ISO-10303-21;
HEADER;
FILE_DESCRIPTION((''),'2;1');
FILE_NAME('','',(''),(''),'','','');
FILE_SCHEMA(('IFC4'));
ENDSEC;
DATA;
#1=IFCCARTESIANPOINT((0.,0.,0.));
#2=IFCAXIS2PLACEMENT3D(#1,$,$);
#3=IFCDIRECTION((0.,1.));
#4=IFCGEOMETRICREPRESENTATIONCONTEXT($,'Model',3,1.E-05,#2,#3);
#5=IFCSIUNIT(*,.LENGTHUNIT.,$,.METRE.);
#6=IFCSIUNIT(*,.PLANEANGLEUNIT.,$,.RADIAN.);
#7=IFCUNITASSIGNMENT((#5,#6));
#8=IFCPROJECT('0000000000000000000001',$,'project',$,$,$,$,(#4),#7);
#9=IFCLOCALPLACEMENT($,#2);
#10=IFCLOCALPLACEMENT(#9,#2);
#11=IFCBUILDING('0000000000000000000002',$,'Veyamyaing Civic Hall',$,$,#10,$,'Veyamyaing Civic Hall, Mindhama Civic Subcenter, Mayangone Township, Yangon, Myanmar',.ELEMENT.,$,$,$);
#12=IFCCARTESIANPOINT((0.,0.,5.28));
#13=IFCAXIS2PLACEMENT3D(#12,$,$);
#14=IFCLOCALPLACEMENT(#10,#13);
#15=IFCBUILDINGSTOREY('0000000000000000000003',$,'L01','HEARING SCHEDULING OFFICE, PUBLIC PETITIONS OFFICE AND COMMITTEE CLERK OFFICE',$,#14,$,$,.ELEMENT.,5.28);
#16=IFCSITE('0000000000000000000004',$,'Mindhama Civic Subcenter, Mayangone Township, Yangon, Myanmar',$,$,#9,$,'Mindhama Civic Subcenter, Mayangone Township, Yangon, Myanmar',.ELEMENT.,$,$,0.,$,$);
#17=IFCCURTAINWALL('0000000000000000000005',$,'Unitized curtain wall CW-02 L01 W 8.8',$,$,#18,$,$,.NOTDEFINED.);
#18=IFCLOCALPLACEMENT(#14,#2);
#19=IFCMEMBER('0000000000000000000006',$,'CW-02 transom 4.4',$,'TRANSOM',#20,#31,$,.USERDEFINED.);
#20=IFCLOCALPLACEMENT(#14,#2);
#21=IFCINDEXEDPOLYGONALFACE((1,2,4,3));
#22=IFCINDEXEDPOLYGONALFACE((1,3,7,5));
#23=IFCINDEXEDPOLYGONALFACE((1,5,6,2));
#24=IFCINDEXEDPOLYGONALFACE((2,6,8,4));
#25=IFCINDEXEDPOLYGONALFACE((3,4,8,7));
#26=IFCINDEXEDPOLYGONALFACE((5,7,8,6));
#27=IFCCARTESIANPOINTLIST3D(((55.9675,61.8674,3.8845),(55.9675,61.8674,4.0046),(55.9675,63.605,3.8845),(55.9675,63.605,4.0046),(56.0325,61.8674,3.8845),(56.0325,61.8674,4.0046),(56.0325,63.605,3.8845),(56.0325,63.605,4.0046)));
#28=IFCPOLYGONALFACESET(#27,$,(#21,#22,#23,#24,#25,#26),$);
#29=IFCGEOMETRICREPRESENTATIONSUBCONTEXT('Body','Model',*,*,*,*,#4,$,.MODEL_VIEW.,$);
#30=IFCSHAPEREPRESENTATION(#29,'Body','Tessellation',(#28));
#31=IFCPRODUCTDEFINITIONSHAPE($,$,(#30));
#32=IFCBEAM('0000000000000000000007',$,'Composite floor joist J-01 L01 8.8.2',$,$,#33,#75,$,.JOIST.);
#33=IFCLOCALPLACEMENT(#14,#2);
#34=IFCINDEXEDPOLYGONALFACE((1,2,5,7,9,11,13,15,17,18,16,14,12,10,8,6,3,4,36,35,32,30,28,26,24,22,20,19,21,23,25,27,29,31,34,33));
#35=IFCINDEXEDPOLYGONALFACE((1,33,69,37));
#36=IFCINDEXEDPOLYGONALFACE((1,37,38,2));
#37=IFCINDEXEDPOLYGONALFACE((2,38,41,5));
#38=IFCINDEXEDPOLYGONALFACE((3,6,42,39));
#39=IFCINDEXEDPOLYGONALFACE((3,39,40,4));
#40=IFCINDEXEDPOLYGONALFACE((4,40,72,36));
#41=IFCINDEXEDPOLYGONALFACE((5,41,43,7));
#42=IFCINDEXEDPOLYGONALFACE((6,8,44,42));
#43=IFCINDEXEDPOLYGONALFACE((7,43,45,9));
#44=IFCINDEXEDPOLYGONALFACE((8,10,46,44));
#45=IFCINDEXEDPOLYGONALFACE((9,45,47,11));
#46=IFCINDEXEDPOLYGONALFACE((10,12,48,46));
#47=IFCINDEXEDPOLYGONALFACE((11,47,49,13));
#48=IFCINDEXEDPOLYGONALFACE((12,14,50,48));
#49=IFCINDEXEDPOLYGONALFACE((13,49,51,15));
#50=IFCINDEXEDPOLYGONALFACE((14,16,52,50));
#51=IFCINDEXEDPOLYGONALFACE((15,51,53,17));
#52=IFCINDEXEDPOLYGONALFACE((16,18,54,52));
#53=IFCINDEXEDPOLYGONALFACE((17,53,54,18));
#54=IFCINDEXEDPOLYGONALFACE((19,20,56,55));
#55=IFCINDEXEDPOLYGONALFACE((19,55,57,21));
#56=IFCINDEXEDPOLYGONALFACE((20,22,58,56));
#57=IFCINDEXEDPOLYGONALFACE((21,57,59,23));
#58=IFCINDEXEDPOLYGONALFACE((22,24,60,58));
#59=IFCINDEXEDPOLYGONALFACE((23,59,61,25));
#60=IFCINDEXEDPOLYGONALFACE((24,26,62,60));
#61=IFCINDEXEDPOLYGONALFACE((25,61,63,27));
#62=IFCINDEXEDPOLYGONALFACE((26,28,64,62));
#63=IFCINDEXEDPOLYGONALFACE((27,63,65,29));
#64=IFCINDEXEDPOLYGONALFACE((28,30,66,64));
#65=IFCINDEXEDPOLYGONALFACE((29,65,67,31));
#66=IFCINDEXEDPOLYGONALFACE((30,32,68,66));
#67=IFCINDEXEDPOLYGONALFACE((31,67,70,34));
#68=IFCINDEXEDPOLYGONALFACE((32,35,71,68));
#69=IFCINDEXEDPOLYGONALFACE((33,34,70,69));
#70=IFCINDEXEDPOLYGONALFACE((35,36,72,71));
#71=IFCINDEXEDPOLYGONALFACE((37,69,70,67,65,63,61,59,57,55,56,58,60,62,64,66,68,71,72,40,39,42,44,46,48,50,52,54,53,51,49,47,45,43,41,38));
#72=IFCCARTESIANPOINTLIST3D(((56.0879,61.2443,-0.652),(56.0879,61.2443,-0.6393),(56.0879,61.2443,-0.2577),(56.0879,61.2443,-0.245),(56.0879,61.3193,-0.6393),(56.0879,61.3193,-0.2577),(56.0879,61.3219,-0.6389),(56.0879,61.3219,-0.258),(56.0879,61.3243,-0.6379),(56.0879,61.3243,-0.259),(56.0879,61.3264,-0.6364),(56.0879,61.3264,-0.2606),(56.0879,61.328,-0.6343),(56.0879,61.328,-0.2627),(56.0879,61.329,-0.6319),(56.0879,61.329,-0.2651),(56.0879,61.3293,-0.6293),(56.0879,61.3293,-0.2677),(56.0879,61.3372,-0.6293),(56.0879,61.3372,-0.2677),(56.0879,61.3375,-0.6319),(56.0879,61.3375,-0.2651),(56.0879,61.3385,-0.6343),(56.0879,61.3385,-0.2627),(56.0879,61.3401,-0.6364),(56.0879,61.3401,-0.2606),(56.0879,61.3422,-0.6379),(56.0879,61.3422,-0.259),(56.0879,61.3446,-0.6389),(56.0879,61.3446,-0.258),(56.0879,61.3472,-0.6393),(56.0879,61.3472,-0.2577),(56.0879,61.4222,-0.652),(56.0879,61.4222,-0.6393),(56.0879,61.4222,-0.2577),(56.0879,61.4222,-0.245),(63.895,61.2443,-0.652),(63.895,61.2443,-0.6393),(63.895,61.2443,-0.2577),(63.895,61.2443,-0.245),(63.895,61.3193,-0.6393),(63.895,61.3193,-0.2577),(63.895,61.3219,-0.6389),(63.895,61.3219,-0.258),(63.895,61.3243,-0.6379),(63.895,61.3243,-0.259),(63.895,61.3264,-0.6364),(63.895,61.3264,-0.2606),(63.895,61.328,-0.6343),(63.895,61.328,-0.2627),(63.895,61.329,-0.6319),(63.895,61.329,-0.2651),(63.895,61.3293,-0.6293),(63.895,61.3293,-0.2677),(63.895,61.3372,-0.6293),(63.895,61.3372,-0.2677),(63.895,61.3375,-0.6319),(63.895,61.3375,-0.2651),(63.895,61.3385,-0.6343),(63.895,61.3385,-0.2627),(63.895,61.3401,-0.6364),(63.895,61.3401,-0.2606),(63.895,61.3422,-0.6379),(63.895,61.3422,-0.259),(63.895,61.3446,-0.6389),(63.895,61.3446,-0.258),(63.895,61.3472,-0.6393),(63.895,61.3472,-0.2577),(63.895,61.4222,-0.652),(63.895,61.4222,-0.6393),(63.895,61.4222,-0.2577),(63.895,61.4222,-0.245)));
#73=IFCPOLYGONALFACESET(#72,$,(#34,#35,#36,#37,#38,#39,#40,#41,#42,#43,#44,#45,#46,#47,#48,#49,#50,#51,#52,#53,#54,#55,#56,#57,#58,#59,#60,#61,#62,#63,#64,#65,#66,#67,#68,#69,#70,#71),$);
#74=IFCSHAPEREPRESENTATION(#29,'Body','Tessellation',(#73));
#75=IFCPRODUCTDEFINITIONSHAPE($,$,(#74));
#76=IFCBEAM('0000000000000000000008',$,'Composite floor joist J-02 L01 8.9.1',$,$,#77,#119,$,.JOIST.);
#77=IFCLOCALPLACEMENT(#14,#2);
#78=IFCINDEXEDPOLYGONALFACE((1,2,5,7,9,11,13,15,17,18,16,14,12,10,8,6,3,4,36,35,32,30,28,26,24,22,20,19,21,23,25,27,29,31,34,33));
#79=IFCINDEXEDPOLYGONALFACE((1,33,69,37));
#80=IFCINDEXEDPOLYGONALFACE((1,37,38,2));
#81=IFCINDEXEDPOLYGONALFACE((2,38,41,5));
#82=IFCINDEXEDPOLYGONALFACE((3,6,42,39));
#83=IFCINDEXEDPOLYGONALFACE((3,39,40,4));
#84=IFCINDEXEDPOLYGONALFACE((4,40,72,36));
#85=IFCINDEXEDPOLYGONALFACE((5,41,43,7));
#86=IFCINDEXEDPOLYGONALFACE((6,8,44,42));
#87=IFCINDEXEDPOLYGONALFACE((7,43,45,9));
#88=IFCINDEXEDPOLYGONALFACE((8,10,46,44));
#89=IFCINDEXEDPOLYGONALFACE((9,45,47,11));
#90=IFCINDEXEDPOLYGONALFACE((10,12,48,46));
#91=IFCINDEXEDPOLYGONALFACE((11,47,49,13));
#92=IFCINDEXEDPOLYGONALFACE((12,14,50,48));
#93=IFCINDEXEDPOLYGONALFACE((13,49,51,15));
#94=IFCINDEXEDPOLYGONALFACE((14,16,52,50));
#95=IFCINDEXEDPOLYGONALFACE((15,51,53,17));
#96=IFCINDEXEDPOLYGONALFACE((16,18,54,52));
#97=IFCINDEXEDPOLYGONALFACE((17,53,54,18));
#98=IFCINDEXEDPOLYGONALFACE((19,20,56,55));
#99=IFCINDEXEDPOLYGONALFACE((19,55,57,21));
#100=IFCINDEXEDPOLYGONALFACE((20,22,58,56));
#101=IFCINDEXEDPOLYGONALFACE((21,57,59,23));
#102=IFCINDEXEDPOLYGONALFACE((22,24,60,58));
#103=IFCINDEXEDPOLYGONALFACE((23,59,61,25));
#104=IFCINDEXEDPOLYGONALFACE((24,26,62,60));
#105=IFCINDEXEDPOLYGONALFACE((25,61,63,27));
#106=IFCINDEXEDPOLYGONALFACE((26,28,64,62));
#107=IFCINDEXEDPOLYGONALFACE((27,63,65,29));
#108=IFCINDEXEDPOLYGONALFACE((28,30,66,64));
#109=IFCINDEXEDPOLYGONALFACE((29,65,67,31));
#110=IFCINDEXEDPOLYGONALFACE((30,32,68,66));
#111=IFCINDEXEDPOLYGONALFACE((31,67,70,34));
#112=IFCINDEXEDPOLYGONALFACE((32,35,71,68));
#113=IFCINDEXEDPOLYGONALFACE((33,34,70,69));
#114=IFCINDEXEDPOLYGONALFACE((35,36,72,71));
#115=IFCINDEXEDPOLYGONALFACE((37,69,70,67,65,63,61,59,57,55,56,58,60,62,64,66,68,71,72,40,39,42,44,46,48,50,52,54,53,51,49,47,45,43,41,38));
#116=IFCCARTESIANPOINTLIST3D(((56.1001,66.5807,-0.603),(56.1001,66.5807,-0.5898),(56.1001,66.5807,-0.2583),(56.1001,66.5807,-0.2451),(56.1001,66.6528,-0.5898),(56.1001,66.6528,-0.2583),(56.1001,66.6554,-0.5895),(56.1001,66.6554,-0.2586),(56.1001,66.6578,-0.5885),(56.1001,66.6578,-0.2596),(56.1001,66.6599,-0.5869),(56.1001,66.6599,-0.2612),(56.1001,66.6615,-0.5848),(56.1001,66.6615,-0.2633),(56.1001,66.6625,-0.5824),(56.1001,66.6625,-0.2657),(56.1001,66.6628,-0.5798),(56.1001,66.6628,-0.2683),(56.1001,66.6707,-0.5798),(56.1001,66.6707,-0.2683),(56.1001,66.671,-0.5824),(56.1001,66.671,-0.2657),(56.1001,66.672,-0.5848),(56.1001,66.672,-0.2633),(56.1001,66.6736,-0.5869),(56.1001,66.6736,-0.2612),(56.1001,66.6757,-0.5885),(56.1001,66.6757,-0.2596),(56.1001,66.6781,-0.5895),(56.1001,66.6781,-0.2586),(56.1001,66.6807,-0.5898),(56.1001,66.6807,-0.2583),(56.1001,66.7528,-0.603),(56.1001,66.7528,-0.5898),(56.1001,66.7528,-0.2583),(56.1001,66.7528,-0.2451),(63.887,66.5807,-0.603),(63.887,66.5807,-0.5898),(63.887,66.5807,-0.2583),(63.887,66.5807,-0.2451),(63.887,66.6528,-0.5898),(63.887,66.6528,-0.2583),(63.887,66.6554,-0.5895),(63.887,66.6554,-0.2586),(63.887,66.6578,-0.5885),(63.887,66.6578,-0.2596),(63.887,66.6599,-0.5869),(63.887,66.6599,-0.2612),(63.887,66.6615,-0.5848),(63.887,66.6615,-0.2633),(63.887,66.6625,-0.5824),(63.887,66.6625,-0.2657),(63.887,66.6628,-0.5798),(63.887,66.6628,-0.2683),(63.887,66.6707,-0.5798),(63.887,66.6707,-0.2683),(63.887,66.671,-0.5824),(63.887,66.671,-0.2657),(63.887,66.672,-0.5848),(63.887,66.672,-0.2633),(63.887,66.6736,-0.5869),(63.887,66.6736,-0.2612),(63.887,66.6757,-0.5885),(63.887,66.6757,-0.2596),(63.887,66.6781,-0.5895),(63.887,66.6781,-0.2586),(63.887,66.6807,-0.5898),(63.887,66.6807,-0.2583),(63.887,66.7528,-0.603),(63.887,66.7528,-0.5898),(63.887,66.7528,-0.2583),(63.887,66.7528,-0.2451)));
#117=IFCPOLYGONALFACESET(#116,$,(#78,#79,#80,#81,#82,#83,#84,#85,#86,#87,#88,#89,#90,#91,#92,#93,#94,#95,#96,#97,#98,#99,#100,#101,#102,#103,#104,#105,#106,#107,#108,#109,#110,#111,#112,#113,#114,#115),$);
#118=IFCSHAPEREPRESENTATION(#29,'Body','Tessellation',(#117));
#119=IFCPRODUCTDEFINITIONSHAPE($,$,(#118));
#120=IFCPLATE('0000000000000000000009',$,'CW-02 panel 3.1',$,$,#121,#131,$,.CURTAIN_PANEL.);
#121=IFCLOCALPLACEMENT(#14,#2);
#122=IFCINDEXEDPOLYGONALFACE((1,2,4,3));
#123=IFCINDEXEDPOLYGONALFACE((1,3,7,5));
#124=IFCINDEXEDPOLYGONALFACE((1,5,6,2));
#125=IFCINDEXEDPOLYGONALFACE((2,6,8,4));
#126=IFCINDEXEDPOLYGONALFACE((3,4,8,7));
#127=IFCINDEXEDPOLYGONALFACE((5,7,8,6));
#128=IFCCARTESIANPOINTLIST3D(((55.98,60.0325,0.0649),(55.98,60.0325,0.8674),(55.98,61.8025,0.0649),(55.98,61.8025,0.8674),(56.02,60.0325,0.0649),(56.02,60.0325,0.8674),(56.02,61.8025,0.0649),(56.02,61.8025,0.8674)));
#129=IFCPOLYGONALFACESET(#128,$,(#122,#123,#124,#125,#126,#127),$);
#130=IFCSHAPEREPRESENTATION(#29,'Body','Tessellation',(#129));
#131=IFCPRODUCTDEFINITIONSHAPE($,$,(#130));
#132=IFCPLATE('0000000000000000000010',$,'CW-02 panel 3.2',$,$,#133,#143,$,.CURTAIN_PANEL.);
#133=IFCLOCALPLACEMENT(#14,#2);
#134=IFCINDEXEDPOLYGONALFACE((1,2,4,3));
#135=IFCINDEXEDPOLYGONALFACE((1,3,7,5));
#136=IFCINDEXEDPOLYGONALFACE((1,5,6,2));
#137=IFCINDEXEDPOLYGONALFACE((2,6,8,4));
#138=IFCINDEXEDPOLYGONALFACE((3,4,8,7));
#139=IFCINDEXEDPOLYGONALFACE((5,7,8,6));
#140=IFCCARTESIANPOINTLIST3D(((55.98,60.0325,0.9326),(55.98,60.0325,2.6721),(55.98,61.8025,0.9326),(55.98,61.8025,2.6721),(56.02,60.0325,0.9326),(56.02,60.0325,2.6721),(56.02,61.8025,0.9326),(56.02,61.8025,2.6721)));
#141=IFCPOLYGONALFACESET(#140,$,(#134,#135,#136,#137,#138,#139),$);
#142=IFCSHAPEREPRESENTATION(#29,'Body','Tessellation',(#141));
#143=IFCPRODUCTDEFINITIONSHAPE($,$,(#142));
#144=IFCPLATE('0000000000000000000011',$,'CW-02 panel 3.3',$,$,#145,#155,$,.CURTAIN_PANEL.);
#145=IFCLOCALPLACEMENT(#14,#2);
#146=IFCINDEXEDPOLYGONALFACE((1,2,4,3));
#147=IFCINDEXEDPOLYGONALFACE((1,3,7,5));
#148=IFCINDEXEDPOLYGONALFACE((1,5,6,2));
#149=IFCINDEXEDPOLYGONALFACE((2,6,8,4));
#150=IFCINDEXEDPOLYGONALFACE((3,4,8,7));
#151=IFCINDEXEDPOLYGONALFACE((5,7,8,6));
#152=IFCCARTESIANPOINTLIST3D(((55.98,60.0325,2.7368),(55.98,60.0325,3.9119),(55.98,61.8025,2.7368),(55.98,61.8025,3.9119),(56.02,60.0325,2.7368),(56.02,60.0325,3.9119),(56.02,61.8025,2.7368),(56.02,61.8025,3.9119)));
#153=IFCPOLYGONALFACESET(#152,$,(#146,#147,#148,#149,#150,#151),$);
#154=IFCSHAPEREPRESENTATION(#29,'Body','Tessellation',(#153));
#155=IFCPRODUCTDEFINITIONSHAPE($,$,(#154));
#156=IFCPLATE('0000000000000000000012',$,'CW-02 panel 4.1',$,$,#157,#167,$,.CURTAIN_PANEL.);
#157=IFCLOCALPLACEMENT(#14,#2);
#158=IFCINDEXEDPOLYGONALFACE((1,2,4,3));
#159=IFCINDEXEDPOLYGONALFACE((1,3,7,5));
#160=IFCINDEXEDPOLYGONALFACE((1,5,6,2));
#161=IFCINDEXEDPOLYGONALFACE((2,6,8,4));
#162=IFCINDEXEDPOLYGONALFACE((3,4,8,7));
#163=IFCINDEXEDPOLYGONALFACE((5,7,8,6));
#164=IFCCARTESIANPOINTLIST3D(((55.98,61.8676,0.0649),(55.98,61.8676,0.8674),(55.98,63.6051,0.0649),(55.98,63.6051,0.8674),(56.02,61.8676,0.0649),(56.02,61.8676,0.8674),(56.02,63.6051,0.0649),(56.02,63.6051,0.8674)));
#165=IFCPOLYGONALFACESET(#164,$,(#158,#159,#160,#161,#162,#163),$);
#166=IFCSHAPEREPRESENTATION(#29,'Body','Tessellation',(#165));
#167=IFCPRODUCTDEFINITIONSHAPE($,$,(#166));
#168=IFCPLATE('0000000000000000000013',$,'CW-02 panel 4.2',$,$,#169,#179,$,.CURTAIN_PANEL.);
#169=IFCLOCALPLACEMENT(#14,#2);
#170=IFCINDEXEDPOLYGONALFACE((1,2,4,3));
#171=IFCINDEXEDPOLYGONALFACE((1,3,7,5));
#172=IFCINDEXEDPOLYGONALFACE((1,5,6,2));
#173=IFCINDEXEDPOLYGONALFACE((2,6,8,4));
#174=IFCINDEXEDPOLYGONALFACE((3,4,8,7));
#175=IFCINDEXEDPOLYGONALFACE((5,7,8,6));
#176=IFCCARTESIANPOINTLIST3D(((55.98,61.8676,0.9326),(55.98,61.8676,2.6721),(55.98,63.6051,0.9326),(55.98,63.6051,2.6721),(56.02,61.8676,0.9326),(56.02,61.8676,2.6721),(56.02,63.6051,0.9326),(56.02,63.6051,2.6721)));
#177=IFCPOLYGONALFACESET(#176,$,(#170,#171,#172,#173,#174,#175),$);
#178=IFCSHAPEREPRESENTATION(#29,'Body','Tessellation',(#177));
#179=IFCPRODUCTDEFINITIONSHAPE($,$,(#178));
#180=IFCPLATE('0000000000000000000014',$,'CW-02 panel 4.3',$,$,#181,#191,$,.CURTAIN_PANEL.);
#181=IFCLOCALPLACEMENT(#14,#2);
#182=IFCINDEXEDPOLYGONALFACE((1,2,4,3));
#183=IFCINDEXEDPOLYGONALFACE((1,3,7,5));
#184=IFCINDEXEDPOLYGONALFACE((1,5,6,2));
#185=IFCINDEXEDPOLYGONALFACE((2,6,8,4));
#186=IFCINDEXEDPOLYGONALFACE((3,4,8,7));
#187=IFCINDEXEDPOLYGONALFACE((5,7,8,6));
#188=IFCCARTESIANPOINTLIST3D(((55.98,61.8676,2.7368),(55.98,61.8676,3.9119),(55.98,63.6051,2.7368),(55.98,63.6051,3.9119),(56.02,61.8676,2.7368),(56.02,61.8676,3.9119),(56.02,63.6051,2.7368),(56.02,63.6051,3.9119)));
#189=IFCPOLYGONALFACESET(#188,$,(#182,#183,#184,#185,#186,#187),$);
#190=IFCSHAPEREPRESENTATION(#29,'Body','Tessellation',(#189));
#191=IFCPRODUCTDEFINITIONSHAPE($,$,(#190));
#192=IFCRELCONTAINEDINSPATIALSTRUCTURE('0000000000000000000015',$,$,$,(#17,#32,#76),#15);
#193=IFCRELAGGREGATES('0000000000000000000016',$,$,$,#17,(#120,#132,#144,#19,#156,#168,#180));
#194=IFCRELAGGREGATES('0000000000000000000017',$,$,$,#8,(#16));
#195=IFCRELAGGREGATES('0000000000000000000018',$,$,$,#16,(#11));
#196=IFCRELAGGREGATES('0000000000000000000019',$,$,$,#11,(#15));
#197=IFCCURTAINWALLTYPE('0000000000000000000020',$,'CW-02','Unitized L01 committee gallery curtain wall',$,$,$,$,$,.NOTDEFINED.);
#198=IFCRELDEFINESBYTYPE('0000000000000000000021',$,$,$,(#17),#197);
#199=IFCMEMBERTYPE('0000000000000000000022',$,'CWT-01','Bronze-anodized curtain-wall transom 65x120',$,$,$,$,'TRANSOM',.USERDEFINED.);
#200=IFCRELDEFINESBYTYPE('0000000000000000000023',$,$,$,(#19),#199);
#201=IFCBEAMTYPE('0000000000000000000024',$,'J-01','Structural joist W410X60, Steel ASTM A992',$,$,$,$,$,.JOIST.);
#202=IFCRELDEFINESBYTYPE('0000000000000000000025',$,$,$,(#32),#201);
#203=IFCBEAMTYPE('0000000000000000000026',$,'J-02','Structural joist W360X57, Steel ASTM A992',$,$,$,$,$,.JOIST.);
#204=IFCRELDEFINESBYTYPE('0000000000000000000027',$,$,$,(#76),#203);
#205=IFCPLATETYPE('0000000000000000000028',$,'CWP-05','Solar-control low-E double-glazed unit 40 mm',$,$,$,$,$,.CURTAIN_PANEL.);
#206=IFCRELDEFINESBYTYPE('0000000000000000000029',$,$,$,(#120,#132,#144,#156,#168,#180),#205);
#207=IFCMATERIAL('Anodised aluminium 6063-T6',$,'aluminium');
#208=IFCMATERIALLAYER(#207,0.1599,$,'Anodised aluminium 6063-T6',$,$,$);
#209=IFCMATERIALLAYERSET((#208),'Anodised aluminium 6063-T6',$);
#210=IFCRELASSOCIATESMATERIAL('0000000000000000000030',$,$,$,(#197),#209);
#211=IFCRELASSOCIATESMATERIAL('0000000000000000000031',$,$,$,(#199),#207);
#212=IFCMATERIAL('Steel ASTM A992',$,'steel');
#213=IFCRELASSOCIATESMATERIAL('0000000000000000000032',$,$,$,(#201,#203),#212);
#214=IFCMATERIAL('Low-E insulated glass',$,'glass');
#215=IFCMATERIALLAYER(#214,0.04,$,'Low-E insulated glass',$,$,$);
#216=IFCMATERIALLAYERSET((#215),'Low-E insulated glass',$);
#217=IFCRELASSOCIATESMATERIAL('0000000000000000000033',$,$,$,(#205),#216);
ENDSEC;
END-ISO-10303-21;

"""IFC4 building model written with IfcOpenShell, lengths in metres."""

from ifc_helpers import new_model, si_unit, direction, frame, origin, origin_2d, place, context, subcontext, project, spatial, rectangle, i_section, extrude, material, layer, layer_set, material_profile, profile_set, type_object, element, aggregate, save


model = new_model("IFC4")

# Units and contexts
model_context = context("Model", 3, precision=1e-05, world=origin(), true_north=direction((0.0, 1.0)))
body_context = subcontext(model_context, "Body", "Model", "MODEL_VIEW")
ifc_project = project(units=[si_unit("LENGTHUNIT", "METRE"), si_unit("PLANEANGLEUNIT", "RADIAN")], contexts=[model_context])

# Site, building, storey
site_placement = place(None, origin())
site = spatial("IfcSite", under=ifc_project, at=site_placement, Name="Mindhama Civic Subcenter, Mayangone Township, Yangon, Myanmar", LongName="Mindhama Civic Subcenter, Mayangone Township, Yangon, Myanmar", CompositionType="ELEMENT", RefElevation=0.0)
building_placement = place(site_placement, origin())
building = spatial("IfcBuilding", under=site, at=building_placement, Name="Veyamyaing Civic Hall", LongName="Veyamyaing Civic Hall, Mindhama Civic Subcenter, Mayangone Township, Yangon, Myanmar", CompositionType="ELEMENT")
storey_placement = place(building_placement, frame((0.0, 0.0, 5.28)))
storey = spatial("IfcBuildingStorey", under=building, at=storey_placement, Name="L01", Description="HEARING SCHEDULING OFFICE, PUBLIC PETITIONS OFFICE AND COMMITTEE CLERK OFFICE", CompositionType="ELEMENT", Elevation=5.28)

# Shared definitions
ifc_material_1 = material(Name="Steel ASTM A992", Category="steel")

# Curtain wall, member
ifc_material_2 = material(Name="Anodised aluminium 6063-T6", Category="aluminium")
ifc_layer_1 = layer(ifc_material_2, 0.1599, Name="Anodised aluminium 6063-T6")
ifc_layer_set_1 = layer_set([ifc_layer_1], Name="Anodised aluminium 6063-T6")
curtain_wall_type = type_object("IfcCurtainWallType", Name="CW-02", Description="Unitized L01 committee gallery curtain wall", PredefinedType="NOTDEFINED", material=ifc_layer_set_1)
curtain_wall_placement = place(storey_placement, origin())
curtain_wall = element("IfcCurtainWall", 1, at=curtain_wall_placement, inside=storey, type_object=curtain_wall_type, Name="Unitized curtain wall CW-02 L01 W 8.8", PredefinedType="NOTDEFINED")
ifc_material_profile_1 = material_profile(ifc_material_2, rectangle(XDim=0.0649, YDim=0.1201, at=origin_2d()), Name="ALU-TRN-65X120")
ifc_profile_set_1 = profile_set([ifc_material_profile_1], Name="Anodised aluminium 6063-T6")
member_type_1 = type_object("IfcMemberType", Name="CWT-01", Description="Bronze-anodized curtain-wall transom 65x120", ElementType="TRANSOM", PredefinedType="USERDEFINED", material=ifc_profile_set_1)
member_1_placement = place(storey_placement, frame((56.0, 61.8674, 3.9446), z_axis=(0.0, 1.0, 0.0), x_axis=(-1.0, 0.0, 0.0)))
member_1 = element("IfcMember", 2, at=member_1_placement, type_object=member_type_1, Name="CW-02 transom 4.4", ObjectType="TRANSOM", PredefinedType="USERDEFINED", context=body_context, shape_type="SweptSolid", body=[
    extrude(rectangle(XDim=0.0649, YDim=0.1201, at=origin_2d()), origin(), (0.0, 0.0, 1.0), 1.7375),
])

# Beams
ifc_material_profile_2 = material_profile(ifc_material_1, i_section(OverallWidth=0.178, OverallDepth=0.407, WebThickness=0.0078, FlangeThickness=0.0127, FilletRadius=0.01, at=origin_2d()), Name="W410X60")
ifc_profile_set_2 = profile_set([ifc_material_profile_2], Name="Steel ASTM A992")
beam_type_1 = type_object("IfcBeamType", Name="J-01", Description="Structural joist W410X60, Steel ASTM A992", PredefinedType="JOIST", material=ifc_profile_set_2)
beam_1_placement = place(storey_placement, frame((56.0879, 61.3333, -0.4485), z_axis=(1.0, 0.0, 0.0), x_axis=(0.0, 1.0, 0.0)))
element("IfcBeam", 3, at=beam_1_placement, inside=storey, type_object=beam_type_1, Name="Composite floor joist J-01 L01 8.8.2", PredefinedType="JOIST", context=body_context, shape_type="SweptSolid", body=[
    extrude(i_section(OverallWidth=0.178, OverallDepth=0.407, WebThickness=0.0078, FlangeThickness=0.0127, FilletRadius=0.01, at=origin_2d()), origin(), (0.0, 0.0, 1.0), 7.8071),
])
ifc_material_profile_3 = material_profile(ifc_material_1, i_section(OverallWidth=0.1721, OverallDepth=0.3579, WebThickness=0.0078, FlangeThickness=0.0132, FilletRadius=0.01, at=origin_2d()), Name="W360X57")
ifc_profile_set_3 = profile_set([ifc_material_profile_3], Name="Steel ASTM A992")
beam_type_2 = type_object("IfcBeamType", Name="J-02", Description="Structural joist W360X57, Steel ASTM A992", PredefinedType="JOIST", material=ifc_profile_set_3)
beam_2_placement = place(storey_placement, frame((56.1001, 66.6667, -0.4241), z_axis=(1.0, 0.0, 0.0), x_axis=(0.0, 1.0, 0.0)))
element("IfcBeam", 4, at=beam_2_placement, inside=storey, type_object=beam_type_2, Name="Composite floor joist J-02 L01 8.9.1", PredefinedType="JOIST", context=body_context, shape_type="SweptSolid", body=[
    extrude(i_section(OverallWidth=0.1721, OverallDepth=0.3579, WebThickness=0.0078, FlangeThickness=0.0132, FilletRadius=0.01, at=origin_2d()), origin(), (0.0, 0.0, 1.0), 7.7869),
])

# Plates
ifc_material_3 = material(Name="Low-E insulated glass", Category="glass")
ifc_layer_2 = layer(ifc_material_3, 0.04, Name="Low-E insulated glass")
ifc_layer_set_2 = layer_set([ifc_layer_2], Name="Low-E insulated glass")
plate_type = type_object("IfcPlateType", Name="CWP-05", Description="Solar-control low-E double-glazed unit 40 mm", PredefinedType="CURTAIN_PANEL", material=ifc_layer_set_2)
plate_1_placement = place(storey_placement, frame((56.0, 60.9175, 0.0649), z_axis=(0.0, 0.0, 1.0), x_axis=(0.0, 1.0, 0.0)))
plate_1 = element("IfcPlate", 5, at=plate_1_placement, type_object=plate_type, Name="CW-02 panel 3.1", PredefinedType="CURTAIN_PANEL", context=body_context, shape_type="SweptSolid", body=[
    extrude(rectangle(XDim=1.77, YDim=0.04, at=origin_2d()), origin(), (0.0, 0.0, 1.0), 0.8025),
])
plate_2_placement = place(storey_placement, frame((56.0, 60.9175, 0.9326), z_axis=(0.0, 0.0, 1.0), x_axis=(0.0, 1.0, 0.0)))
plate_2 = element("IfcPlate", 6, at=plate_2_placement, type_object=plate_type, Name="CW-02 panel 3.2", PredefinedType="CURTAIN_PANEL", context=body_context, shape_type="SweptSolid", body=[
    extrude(rectangle(XDim=1.77, YDim=0.04, at=origin_2d()), origin(), (0.0, 0.0, 1.0), 1.7395),
])
plate_3_placement = place(storey_placement, frame((56.0, 60.9175, 2.7368), z_axis=(0.0, 0.0, 1.0), x_axis=(0.0, 1.0, 0.0)))
plate_3 = element("IfcPlate", 7, at=plate_3_placement, type_object=plate_type, Name="CW-02 panel 3.3", PredefinedType="CURTAIN_PANEL", context=body_context, shape_type="SweptSolid", body=[
    extrude(rectangle(XDim=1.77, YDim=0.04, at=origin_2d()), origin(), (0.0, 0.0, 1.0), 1.175),
])
plate_4_placement = place(storey_placement, frame((56.0, 62.7363, 0.0649), z_axis=(0.0, 0.0, 1.0), x_axis=(0.0, 1.0, 0.0)))
plate_4 = element("IfcPlate", 8, at=plate_4_placement, type_object=plate_type, Name="CW-02 panel 4.1", PredefinedType="CURTAIN_PANEL", context=body_context, shape_type="SweptSolid", body=[
    extrude(rectangle(XDim=1.7375, YDim=0.04, at=origin_2d()), origin(), (0.0, 0.0, 1.0), 0.8025),
])
plate_5_placement = place(storey_placement, frame((56.0, 62.7363, 0.9326), z_axis=(0.0, 0.0, 1.0), x_axis=(0.0, 1.0, 0.0)))
plate_5 = element("IfcPlate", 9, at=plate_5_placement, type_object=plate_type, Name="CW-02 panel 4.2", PredefinedType="CURTAIN_PANEL", context=body_context, shape_type="SweptSolid", body=[
    extrude(rectangle(XDim=1.7375, YDim=0.04, at=origin_2d()), origin(), (0.0, 0.0, 1.0), 1.7395),
])
plate_6_placement = place(storey_placement, frame((56.0, 62.7363, 2.7368), z_axis=(0.0, 0.0, 1.0), x_axis=(0.0, 1.0, 0.0)))
plate_6 = element("IfcPlate", 10, at=plate_6_placement, type_object=plate_type, Name="CW-02 panel 4.3", PredefinedType="CURTAIN_PANEL", context=body_context, shape_type="SweptSolid", body=[
    extrude(rectangle(XDim=1.7375, YDim=0.04, at=origin_2d()), origin(), (0.0, 0.0, 1.0), 1.175),
])
aggregate(curtain_wall, [plate_1, plate_2, plate_3, member_1, plate_4, plate_5, plate_6])

save(model, "model.ifc")
